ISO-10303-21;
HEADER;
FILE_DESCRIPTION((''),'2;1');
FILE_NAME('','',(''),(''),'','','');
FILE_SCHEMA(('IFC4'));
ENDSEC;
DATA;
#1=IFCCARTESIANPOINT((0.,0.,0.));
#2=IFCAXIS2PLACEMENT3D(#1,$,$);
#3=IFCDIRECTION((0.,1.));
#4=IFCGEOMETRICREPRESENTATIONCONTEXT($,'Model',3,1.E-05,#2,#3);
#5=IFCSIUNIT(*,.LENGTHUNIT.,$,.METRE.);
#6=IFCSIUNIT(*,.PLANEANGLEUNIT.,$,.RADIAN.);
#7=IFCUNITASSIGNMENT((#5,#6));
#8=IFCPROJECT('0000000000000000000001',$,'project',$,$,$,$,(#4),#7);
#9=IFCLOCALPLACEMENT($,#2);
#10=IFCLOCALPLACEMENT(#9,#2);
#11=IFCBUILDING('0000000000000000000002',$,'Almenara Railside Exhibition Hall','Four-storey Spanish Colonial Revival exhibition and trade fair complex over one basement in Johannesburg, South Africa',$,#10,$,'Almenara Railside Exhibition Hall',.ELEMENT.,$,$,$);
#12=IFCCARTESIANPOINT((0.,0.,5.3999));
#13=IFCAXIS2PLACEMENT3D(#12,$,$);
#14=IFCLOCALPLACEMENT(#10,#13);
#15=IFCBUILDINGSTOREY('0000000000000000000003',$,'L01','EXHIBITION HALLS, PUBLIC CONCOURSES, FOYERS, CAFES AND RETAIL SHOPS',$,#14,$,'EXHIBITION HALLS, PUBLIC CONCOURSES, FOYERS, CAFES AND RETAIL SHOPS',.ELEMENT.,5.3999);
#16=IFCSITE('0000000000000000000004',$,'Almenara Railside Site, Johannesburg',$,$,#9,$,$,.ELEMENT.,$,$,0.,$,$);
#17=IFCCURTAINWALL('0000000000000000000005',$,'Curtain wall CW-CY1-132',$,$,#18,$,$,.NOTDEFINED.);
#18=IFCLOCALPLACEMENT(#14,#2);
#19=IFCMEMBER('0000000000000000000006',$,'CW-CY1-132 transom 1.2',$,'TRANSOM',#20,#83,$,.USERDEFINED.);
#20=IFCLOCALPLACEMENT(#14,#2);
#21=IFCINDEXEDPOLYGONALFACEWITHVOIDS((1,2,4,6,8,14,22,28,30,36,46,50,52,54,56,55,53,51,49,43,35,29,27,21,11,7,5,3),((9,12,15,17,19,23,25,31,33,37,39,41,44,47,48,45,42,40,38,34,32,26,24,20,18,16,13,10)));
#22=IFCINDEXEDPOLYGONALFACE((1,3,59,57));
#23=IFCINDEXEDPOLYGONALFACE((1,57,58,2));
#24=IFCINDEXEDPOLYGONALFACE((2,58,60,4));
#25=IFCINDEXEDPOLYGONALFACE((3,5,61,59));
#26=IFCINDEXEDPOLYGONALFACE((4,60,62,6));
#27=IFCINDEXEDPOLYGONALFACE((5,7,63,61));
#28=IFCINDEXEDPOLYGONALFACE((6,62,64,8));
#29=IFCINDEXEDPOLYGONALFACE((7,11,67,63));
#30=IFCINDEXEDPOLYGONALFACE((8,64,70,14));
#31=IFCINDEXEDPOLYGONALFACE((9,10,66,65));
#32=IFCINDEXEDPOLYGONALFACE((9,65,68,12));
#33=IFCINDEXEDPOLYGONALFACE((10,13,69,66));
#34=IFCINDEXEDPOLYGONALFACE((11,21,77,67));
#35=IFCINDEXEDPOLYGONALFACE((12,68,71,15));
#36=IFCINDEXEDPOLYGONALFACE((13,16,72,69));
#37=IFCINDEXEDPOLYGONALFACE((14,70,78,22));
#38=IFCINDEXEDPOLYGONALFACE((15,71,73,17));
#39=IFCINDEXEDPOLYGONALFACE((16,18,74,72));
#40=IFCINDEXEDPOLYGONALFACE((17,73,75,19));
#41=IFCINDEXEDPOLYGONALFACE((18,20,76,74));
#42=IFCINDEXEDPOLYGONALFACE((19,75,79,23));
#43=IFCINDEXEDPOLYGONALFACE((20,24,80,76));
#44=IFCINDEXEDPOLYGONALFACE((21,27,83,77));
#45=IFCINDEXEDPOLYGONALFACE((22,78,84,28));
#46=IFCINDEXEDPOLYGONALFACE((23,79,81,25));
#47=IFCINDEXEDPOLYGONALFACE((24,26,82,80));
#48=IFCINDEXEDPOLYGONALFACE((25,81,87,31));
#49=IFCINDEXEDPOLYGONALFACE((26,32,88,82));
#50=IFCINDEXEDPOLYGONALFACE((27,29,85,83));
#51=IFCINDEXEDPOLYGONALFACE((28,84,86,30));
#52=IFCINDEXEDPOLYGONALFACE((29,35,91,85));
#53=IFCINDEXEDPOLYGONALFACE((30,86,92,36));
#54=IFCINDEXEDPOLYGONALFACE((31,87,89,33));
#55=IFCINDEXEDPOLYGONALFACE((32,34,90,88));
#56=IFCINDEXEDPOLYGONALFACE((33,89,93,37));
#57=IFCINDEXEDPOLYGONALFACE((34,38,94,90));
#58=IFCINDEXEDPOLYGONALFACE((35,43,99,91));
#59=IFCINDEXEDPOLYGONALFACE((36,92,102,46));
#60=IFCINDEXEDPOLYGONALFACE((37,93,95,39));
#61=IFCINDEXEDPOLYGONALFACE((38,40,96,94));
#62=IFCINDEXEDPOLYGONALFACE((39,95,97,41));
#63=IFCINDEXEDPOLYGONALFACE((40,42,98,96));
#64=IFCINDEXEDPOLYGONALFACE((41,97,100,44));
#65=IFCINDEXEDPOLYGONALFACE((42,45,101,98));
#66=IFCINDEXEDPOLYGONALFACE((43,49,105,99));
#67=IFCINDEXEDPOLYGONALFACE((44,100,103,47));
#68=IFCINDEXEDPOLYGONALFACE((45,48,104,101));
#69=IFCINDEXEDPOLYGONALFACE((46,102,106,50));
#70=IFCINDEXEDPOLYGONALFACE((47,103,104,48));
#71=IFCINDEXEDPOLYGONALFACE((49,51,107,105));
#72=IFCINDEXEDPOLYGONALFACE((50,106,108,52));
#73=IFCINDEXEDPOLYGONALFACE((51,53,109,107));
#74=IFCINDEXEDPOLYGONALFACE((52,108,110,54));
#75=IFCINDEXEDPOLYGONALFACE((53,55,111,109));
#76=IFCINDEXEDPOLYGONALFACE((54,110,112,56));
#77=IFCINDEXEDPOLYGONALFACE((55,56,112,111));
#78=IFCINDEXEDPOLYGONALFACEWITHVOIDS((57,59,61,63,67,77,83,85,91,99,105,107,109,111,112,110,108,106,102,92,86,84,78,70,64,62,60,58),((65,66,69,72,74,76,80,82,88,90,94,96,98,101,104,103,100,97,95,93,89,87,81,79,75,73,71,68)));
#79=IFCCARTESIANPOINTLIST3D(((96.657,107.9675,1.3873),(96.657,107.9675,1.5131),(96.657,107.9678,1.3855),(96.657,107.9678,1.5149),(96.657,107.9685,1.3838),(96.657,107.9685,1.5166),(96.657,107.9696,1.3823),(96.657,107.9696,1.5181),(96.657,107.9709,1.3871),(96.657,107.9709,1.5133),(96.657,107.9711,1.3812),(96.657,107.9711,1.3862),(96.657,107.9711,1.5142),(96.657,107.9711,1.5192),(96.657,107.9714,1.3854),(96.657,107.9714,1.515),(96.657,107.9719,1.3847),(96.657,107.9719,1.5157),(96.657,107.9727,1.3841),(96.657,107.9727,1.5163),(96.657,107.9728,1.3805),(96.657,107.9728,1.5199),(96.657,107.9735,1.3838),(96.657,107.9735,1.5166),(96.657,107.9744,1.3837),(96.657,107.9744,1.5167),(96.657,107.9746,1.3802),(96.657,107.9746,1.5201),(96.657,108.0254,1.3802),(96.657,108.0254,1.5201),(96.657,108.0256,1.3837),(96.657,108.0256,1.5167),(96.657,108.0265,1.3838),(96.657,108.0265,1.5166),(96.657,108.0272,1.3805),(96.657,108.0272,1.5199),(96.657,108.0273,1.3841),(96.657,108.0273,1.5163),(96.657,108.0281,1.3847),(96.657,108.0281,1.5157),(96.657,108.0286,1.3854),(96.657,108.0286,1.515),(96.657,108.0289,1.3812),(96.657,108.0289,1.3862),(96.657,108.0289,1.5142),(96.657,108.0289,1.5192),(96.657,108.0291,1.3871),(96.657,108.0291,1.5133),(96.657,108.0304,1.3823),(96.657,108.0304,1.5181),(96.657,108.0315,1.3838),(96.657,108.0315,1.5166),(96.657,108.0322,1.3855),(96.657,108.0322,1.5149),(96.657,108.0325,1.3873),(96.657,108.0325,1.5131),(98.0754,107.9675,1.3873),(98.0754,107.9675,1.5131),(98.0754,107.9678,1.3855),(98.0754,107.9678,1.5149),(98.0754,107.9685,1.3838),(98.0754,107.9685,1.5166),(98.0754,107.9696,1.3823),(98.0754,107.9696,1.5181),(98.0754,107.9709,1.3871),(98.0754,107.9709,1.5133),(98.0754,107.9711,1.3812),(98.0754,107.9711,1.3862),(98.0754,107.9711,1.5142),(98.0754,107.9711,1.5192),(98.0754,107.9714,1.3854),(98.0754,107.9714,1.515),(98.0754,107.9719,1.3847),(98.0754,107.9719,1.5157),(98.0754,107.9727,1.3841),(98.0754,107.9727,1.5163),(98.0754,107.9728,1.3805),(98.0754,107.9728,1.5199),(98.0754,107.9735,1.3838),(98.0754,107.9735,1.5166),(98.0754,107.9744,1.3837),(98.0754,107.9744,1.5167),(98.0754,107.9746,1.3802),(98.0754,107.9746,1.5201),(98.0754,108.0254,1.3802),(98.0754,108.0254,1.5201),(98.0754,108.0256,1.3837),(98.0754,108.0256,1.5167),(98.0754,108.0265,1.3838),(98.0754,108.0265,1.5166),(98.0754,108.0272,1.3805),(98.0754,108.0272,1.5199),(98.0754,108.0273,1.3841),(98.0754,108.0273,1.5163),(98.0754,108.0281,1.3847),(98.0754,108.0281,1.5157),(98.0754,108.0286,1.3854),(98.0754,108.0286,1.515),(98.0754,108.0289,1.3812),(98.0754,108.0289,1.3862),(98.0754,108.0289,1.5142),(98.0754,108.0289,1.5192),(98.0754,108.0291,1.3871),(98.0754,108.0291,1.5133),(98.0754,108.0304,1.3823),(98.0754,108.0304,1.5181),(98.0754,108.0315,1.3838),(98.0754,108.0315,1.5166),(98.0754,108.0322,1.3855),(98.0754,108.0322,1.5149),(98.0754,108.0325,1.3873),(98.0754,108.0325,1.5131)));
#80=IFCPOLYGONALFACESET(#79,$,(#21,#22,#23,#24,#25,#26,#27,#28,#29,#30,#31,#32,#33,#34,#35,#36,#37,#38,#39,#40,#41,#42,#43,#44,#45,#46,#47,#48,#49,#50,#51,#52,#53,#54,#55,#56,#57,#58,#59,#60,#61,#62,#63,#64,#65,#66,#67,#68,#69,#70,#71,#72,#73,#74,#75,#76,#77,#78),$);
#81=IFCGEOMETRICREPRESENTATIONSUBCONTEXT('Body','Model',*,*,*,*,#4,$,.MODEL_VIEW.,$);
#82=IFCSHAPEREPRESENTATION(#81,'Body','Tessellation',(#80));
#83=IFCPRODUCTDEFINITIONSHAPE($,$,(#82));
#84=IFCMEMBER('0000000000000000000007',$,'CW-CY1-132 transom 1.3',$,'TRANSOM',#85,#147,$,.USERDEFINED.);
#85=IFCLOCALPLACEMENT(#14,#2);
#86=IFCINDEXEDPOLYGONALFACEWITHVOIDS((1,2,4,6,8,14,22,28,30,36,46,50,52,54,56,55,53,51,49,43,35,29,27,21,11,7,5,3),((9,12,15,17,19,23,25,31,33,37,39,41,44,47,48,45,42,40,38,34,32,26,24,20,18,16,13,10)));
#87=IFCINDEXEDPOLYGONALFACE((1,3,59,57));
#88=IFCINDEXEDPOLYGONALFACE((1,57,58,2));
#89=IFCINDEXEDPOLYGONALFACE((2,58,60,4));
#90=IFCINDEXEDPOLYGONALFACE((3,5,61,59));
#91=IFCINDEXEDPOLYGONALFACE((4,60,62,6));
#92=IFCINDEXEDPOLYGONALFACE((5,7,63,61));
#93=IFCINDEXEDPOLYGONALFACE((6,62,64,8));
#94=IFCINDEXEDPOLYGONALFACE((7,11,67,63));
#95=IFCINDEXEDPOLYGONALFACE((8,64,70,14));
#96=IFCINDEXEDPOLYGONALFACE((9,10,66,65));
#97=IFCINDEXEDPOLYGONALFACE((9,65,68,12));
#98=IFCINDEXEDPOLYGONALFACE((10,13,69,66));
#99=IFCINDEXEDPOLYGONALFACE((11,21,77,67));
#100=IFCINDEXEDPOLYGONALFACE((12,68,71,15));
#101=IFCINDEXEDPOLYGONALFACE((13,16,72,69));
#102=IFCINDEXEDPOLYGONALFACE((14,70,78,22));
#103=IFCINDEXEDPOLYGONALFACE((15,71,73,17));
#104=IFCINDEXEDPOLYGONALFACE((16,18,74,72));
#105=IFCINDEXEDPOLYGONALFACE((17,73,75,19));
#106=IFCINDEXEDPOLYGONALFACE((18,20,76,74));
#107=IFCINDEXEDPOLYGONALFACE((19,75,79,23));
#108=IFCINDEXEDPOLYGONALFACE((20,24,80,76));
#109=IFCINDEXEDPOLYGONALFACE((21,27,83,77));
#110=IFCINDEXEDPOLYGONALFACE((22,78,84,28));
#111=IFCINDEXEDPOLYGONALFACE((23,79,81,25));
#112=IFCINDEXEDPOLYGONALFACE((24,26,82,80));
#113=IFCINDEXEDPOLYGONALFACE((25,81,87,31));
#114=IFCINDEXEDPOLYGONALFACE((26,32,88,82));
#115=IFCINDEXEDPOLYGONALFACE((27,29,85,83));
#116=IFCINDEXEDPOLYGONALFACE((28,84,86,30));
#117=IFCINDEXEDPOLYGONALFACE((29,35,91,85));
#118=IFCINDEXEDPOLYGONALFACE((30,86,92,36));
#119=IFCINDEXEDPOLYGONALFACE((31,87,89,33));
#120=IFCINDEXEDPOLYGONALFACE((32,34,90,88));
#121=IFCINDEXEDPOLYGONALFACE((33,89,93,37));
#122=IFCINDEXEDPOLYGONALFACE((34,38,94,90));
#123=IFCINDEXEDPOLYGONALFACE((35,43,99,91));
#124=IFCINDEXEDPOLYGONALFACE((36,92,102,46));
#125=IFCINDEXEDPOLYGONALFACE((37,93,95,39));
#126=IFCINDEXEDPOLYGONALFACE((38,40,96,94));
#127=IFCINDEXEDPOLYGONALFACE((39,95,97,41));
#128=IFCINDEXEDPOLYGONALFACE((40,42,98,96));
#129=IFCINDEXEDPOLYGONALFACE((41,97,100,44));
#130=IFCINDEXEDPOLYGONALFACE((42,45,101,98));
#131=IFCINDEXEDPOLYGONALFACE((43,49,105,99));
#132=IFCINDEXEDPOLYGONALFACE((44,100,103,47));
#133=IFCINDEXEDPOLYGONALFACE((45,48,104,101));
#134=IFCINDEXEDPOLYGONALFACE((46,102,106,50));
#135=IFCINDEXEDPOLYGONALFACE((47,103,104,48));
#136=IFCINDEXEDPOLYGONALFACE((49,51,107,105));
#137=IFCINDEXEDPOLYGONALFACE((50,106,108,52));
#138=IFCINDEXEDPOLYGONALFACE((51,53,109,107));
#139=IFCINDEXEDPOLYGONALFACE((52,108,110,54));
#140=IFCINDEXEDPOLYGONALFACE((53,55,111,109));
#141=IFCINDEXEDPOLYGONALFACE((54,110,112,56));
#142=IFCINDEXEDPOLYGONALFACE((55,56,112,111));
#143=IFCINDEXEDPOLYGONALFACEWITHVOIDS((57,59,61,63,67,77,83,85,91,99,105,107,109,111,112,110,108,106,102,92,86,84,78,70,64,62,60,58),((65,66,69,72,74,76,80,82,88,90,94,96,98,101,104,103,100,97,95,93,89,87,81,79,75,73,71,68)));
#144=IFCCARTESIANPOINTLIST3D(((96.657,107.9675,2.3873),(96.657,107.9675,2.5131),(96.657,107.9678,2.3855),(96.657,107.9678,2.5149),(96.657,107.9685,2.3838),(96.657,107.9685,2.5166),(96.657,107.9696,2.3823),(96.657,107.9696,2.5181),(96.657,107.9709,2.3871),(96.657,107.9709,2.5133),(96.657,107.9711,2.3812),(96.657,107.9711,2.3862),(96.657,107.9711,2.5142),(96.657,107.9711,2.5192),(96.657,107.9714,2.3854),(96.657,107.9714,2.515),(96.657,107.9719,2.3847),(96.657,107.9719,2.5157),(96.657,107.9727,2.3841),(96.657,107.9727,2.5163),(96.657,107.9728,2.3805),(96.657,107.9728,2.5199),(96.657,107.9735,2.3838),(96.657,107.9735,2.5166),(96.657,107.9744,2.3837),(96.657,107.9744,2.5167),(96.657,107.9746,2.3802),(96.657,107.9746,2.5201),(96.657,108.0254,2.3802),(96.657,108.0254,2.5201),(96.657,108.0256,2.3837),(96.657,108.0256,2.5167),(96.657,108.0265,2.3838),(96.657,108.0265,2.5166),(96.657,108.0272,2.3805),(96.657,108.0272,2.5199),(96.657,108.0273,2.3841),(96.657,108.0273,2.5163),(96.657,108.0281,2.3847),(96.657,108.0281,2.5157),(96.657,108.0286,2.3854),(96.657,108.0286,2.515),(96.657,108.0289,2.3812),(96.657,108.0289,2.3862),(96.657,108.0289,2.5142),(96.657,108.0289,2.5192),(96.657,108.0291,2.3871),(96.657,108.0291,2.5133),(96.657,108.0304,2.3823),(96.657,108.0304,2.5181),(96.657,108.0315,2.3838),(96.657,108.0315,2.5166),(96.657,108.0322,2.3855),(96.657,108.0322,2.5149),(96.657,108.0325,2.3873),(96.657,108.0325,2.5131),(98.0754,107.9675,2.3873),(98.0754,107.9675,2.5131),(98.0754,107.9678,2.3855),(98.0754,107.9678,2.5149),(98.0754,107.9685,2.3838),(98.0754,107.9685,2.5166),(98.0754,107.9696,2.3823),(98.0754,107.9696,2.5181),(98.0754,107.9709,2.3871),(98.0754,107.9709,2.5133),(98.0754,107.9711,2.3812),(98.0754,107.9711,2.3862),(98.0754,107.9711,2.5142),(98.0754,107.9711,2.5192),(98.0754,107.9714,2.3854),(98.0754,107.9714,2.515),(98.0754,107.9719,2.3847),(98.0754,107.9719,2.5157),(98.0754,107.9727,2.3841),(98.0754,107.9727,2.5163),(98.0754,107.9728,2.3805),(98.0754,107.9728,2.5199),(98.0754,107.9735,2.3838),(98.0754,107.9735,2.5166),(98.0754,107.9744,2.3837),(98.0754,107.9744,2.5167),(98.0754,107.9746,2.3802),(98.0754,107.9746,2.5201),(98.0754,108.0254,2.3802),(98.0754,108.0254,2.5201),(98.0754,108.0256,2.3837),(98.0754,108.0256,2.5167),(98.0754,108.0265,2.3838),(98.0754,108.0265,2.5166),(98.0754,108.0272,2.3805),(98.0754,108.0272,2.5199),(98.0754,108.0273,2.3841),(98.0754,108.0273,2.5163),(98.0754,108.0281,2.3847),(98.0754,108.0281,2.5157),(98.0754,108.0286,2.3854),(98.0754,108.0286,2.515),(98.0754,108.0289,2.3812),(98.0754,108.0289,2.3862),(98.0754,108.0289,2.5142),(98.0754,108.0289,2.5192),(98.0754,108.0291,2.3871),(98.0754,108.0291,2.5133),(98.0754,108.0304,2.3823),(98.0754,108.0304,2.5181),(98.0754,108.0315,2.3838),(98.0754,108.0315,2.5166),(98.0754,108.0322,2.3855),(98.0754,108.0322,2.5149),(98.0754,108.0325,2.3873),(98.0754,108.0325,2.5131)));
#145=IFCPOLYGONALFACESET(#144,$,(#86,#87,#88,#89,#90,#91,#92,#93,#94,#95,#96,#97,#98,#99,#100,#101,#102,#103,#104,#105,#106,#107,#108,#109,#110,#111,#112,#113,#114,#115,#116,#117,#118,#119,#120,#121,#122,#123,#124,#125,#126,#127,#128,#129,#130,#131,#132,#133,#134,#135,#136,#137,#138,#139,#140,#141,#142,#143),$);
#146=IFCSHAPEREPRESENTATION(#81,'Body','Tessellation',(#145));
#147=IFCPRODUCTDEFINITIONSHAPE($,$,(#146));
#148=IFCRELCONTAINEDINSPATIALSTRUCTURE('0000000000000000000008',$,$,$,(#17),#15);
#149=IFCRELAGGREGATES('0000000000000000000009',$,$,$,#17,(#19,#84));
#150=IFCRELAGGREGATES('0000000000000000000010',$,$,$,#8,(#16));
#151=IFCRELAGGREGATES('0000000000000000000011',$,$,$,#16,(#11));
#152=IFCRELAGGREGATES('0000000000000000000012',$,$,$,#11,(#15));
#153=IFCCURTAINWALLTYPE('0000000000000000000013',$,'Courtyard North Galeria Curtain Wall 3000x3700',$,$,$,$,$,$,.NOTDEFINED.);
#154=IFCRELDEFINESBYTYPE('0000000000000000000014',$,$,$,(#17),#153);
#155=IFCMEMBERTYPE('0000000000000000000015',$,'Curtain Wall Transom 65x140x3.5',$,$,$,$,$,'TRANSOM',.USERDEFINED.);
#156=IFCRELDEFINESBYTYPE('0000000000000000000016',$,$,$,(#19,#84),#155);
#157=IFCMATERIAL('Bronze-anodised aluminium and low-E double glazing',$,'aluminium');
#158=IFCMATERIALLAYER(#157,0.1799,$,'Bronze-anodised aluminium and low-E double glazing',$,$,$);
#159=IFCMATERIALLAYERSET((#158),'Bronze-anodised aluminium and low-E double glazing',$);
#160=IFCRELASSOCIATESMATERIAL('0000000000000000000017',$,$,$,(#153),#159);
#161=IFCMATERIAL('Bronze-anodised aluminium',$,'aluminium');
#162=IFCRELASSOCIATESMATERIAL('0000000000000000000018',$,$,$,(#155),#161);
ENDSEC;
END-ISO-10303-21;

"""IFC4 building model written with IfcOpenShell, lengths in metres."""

from ifc_helpers import new_model, si_unit, direction, frame, origin, origin_2d, place, context, subcontext, project, spatial, hollow_rectangle, extrude, material, layer, layer_set, material_profile, profile_set, type_object, element, aggregate, save


model = new_model("IFC4")

# Units and contexts
model_context = context("Model", 3, precision=1e-05, world=origin(), true_north=direction((0.0, 1.0)))
body_context = subcontext(model_context, "Body", "Model", "MODEL_VIEW")
ifc_project = project(units=[si_unit("LENGTHUNIT", "METRE"), si_unit("PLANEANGLEUNIT", "RADIAN")], contexts=[model_context])

# Site, building, storey
site_placement = place(None, origin())
site = spatial("IfcSite", under=ifc_project, at=site_placement, Name="Almenara Railside Site, Johannesburg", CompositionType="ELEMENT", RefElevation=0.0)
building_placement = place(site_placement, origin())
building = spatial("IfcBuilding", under=site, at=building_placement, Name="Almenara Railside Exhibition Hall", Description="Four-storey Spanish Colonial Revival exhibition and trade fair complex over one basement in Johannesburg, South Africa", LongName="Almenara Railside Exhibition Hall", CompositionType="ELEMENT")
storey_placement = place(building_placement, frame((0.0, 0.0, 5.3999)))
storey = spatial("IfcBuildingStorey", under=building, at=storey_placement, Name="L01", Description="EXHIBITION HALLS, PUBLIC CONCOURSES, FOYERS, CAFES AND RETAIL SHOPS", LongName="EXHIBITION HALLS, PUBLIC CONCOURSES, FOYERS, CAFES AND RETAIL SHOPS", CompositionType="ELEMENT", Elevation=5.3999)

# Curtain wall
ifc_material_1 = material(Name="Bronze-anodised aluminium and low-E double glazing", Category="aluminium")
ifc_layer_1 = layer(ifc_material_1, 0.1799, Name="Bronze-anodised aluminium and low-E double glazing")
ifc_layer_set_1 = layer_set([ifc_layer_1], Name="Bronze-anodised aluminium and low-E double glazing")
curtain_wall_type = type_object("IfcCurtainWallType", Name="Courtyard North Galeria Curtain Wall 3000x3700", PredefinedType="NOTDEFINED", material=ifc_layer_set_1)
curtain_wall_1_placement = place(storey_placement, origin())
curtain_wall_1 = element("IfcCurtainWall", 1, at=curtain_wall_1_placement, inside=storey, type_object=curtain_wall_type, Name="Curtain wall CW-CY1-132", PredefinedType="NOTDEFINED")
ifc_material_2 = material(Name="Bronze-anodised aluminium", Category="aluminium")

# Members
ifc_material_profile_1 = material_profile(ifc_material_2, hollow_rectangle(XDim=0.0649, YDim=0.1399, WallThickness=0.0034, InnerFilletRadius=0.0034, OuterFilletRadius=0.0071, at=origin_2d()), Name="ALU-TRN 65x140x3.5")
ifc_profile_set_1 = profile_set([ifc_material_profile_1], Name="Bronze-anodised aluminium")
member_type_1 = type_object("IfcMemberType", Name="Curtain Wall Transom 65x140x3.5", ElementType="TRANSOM", PredefinedType="USERDEFINED", material=ifc_profile_set_1)
member_1_placement = place(storey_placement, frame((96.657, 108.0, 1.4502), z_axis=(1.0, 0.0, 0.0), x_axis=(0.0, 1.0, 0.0)))
member_1 = element("IfcMember", 2, at=member_1_placement, type_object=member_type_1, Name="CW-CY1-132 transom 1.2", ObjectType="TRANSOM", PredefinedType="USERDEFINED", context=body_context, shape_type="SweptSolid", body=[
    extrude(hollow_rectangle(XDim=0.0649, YDim=0.1399, WallThickness=0.0034, InnerFilletRadius=0.0034, OuterFilletRadius=0.0071, at=origin_2d()), origin(), (0.0, 0.0, 1.0), 1.4185),
])
member_2_placement = place(storey_placement, frame((96.657, 108.0, 2.4502), z_axis=(1.0, 0.0, 0.0), x_axis=(0.0, 1.0, 0.0)))
member_2 = element("IfcMember", 3, at=member_2_placement, type_object=member_type_1, Name="CW-CY1-132 transom 1.3", ObjectType="TRANSOM", PredefinedType="USERDEFINED", context=body_context, shape_type="SweptSolid", body=[
    extrude(hollow_rectangle(XDim=0.0649, YDim=0.1399, WallThickness=0.0034, InnerFilletRadius=0.0034, OuterFilletRadius=0.0071, at=origin_2d()), origin(), (0.0, 0.0, 1.0), 1.4185),
])

aggregate(curtain_wall_1, [member_1, member_2])

save(model, "model.ifc")
